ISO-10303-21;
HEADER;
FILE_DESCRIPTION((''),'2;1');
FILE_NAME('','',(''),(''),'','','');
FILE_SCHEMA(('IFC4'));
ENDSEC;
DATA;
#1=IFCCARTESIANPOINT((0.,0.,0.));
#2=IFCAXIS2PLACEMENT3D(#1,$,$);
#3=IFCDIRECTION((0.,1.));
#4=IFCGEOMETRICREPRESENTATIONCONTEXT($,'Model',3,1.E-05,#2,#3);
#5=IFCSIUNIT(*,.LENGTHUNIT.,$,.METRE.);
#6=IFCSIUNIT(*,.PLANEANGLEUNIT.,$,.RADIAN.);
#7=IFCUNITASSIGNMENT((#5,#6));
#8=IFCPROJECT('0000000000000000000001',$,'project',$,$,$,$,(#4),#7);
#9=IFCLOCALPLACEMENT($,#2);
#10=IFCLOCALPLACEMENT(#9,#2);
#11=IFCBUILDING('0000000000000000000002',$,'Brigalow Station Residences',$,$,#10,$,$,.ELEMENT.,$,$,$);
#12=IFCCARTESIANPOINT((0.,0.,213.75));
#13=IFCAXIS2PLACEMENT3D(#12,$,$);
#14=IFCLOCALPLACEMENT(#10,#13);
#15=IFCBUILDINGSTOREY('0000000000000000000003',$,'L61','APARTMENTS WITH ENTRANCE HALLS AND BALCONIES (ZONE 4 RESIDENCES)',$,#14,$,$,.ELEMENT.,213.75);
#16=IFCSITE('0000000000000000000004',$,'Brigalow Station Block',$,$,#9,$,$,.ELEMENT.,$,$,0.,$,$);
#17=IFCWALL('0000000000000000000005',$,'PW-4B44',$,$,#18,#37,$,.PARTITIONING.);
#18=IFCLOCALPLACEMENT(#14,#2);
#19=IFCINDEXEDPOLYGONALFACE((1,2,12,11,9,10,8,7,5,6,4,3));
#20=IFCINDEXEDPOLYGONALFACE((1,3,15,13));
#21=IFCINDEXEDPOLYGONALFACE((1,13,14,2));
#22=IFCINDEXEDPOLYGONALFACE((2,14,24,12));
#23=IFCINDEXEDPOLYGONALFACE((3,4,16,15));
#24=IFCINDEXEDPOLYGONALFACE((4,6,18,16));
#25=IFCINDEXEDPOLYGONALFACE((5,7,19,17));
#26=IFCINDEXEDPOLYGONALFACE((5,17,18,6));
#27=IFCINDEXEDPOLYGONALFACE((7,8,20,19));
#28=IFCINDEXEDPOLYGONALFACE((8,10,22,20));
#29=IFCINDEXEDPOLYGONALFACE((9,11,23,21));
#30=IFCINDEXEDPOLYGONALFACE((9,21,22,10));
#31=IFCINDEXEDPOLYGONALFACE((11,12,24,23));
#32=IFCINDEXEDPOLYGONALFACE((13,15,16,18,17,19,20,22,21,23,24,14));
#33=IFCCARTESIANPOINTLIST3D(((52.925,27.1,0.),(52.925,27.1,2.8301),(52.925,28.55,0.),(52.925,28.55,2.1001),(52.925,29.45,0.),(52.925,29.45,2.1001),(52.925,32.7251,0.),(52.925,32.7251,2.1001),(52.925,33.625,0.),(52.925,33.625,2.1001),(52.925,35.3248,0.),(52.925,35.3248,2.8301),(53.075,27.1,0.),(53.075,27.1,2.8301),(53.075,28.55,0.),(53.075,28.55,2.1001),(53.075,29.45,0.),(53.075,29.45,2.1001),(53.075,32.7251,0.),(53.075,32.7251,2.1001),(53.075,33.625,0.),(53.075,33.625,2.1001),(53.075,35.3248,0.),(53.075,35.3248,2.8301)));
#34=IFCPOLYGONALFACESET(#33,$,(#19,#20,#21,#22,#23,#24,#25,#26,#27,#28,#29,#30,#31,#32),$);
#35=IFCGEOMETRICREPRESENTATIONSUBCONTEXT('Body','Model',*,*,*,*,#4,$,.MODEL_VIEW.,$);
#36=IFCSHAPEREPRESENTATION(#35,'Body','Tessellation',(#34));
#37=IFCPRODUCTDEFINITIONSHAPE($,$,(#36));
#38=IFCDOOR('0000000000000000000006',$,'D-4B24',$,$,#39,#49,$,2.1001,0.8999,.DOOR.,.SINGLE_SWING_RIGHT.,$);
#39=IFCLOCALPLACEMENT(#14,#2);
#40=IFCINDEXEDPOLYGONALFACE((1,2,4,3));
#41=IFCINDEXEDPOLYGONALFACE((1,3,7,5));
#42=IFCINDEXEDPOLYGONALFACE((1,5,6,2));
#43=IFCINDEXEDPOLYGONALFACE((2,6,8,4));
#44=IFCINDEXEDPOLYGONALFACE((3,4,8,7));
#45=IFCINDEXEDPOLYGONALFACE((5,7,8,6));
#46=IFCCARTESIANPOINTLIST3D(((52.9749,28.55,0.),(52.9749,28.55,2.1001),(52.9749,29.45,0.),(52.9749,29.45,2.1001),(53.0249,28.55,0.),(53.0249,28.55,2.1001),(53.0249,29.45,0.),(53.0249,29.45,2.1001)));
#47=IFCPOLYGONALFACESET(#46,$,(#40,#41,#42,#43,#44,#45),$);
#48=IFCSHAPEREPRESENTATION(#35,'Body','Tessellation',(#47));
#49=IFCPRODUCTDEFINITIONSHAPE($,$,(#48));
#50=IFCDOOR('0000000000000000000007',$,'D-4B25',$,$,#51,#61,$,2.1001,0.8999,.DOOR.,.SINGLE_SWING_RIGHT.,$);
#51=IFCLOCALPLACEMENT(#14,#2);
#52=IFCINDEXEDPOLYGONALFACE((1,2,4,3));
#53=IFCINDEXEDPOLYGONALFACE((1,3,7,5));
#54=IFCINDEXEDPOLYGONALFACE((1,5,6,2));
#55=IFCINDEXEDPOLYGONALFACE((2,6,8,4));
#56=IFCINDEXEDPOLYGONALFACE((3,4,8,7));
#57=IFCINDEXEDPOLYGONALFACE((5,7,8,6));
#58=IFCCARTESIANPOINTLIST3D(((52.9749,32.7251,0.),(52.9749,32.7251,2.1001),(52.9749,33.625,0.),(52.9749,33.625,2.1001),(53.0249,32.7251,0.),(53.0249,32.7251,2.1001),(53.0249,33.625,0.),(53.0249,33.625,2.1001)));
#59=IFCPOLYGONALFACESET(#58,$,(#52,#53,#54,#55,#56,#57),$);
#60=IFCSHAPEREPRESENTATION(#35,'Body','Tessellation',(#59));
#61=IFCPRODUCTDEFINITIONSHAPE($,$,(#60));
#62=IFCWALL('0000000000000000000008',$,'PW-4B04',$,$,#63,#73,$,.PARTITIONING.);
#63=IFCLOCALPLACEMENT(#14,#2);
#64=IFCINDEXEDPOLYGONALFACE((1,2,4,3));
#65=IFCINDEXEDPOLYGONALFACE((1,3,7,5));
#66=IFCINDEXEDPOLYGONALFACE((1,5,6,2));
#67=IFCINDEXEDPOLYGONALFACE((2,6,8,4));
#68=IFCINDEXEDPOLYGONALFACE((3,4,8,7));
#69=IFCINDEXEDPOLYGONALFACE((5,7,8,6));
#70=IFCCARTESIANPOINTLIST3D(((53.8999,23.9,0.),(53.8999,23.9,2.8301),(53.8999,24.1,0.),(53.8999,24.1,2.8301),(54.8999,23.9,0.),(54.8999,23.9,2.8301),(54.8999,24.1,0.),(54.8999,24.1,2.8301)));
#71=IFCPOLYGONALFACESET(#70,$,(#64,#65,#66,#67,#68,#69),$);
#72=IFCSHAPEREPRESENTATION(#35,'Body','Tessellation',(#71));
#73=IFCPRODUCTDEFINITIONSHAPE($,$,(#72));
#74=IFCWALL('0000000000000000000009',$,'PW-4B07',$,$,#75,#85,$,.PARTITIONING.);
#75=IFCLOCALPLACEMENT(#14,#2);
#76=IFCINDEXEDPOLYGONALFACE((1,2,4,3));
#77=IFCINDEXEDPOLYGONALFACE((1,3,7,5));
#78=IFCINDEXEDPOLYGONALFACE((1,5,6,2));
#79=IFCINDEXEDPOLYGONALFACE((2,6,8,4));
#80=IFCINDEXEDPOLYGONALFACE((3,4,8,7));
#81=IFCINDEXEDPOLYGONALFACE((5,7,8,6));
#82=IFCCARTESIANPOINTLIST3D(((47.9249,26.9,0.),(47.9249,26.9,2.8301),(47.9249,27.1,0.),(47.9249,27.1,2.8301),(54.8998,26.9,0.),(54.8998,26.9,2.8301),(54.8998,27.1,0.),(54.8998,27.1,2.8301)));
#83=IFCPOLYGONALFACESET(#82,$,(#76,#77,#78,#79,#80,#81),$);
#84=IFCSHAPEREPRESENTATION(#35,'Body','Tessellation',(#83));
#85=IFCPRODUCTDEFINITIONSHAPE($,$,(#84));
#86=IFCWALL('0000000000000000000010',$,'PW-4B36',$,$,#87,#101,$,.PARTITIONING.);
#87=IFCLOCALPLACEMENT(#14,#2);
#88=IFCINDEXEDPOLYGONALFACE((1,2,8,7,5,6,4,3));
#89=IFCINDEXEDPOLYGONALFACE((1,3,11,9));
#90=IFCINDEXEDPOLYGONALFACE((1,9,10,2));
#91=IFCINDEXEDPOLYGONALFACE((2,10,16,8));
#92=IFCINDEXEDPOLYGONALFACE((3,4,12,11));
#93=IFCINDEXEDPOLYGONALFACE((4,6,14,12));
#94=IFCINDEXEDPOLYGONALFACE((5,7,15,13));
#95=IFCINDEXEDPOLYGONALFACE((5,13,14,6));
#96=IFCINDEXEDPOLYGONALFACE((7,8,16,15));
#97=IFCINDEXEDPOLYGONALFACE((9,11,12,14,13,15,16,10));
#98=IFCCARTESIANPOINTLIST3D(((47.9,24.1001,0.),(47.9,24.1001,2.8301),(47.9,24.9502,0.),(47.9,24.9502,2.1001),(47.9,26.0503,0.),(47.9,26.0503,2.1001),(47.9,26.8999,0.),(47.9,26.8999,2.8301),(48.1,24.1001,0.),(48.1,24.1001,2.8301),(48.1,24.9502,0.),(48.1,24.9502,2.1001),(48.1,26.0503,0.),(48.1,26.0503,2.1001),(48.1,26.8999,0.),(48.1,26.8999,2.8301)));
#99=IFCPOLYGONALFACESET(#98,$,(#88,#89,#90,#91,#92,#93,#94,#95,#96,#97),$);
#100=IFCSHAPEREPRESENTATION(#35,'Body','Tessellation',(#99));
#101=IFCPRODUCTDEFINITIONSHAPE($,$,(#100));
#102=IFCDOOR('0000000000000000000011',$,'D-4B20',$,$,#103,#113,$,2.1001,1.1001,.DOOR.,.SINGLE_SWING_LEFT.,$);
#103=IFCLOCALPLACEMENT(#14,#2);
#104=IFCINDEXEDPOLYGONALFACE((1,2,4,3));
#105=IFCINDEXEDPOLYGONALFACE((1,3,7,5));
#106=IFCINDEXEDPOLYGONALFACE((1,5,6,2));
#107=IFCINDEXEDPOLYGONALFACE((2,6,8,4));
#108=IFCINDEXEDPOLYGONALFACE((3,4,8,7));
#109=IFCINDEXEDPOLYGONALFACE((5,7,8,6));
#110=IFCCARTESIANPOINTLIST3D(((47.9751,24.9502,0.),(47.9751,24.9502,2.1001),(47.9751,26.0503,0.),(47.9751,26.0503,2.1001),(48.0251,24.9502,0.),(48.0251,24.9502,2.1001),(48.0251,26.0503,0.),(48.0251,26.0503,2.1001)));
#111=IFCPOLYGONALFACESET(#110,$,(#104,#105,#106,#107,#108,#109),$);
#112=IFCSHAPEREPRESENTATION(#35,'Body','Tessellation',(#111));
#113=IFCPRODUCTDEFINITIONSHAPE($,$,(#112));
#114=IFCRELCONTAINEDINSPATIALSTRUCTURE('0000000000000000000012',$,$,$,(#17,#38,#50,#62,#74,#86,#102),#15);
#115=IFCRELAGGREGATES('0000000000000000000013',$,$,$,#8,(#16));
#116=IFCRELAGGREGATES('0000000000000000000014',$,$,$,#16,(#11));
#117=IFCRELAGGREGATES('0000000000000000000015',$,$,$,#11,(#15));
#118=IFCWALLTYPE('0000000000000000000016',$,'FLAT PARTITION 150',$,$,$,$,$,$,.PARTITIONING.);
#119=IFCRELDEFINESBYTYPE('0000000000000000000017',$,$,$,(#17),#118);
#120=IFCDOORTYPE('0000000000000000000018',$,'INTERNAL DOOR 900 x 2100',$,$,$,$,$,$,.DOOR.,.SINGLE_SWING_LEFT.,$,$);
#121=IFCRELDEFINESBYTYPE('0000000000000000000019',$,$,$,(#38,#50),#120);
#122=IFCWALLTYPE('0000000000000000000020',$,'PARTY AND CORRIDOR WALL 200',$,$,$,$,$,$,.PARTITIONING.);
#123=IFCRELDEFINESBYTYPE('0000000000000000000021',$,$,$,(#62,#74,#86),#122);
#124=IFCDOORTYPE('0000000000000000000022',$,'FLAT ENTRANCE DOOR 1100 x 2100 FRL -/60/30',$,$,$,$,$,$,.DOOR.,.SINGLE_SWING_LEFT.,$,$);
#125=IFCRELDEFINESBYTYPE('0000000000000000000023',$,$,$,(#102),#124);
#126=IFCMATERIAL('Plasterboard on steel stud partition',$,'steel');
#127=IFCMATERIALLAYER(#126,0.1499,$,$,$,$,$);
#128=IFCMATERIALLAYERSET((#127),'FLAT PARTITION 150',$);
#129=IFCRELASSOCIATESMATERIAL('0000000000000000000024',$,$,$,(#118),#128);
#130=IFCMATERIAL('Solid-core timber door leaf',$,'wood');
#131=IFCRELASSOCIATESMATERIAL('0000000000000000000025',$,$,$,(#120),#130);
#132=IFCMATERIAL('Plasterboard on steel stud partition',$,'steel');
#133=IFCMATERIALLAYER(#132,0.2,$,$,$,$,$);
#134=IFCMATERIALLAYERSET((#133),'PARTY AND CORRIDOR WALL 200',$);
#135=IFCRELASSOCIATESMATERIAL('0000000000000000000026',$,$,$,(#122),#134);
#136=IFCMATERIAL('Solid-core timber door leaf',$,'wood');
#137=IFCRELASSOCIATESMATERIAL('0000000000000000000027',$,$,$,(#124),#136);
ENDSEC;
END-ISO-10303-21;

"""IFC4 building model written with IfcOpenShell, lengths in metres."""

from ifc_helpers import new_model, si_unit, direction, frame, frame_2d, origin, place, context, subcontext, project, spatial, rectangle, extrude, material, layer, layer_set, type_object, element, fill, save


model = new_model("IFC4")

# Units and contexts
model_context = context("Model", 3, precision=1e-05, world=origin(), true_north=direction((0.0, 1.0)))
body_context = subcontext(model_context, "Body", "Model", "MODEL_VIEW")
ifc_project = project(units=[si_unit("LENGTHUNIT", "METRE"), si_unit("PLANEANGLEUNIT", "RADIAN")], contexts=[model_context])

# Site, building, storey
site_placement = place(None, origin())
site = spatial("IfcSite", under=ifc_project, at=site_placement, Name="Brigalow Station Block", CompositionType="ELEMENT", RefElevation=0.0)
building_placement = place(site_placement, origin())
building = spatial("IfcBuilding", under=site, at=building_placement, Name="Brigalow Station Residences", CompositionType="ELEMENT")
storey_placement = place(building_placement, frame((0.0, 0.0, 213.75)))
storey = spatial("IfcBuildingStorey", under=building, at=storey_placement, Name="L61", Description="APARTMENTS WITH ENTRANCE HALLS AND BALCONIES (ZONE 4 RESIDENCES)", CompositionType="ELEMENT", Elevation=213.75)

# Shared definitions
ifc_material_1 = material(Name="Plasterboard on steel stud partition", Category="steel")
ifc_layer_1 = layer(ifc_material_1, 0.1499)
ifc_layer_set_1 = layer_set([ifc_layer_1], Name="FLAT PARTITION 150")
wall_type_1 = type_object("IfcWallType", Name="FLAT PARTITION 150", PredefinedType="PARTITIONING", material=ifc_layer_set_1)

# Shared definitions
ifc_material_2 = material(Name="Solid-core timber door leaf", Category="wood")
door_type_1 = type_object("IfcDoorType", Name="INTERNAL DOOR 900 x 2100", OperationType="SINGLE_SWING_LEFT", PredefinedType="DOOR", material=ifc_material_2)

# Wall, openings, doors
wall_1_placement = place(storey_placement, frame((53.0, 27.1001, 0.0), z_axis=(0.0, 0.0, 1.0), x_axis=(0.0, 1.0, 0.0)))
wall_1 = element("IfcWall", 1, at=wall_1_placement, inside=storey, type_object=wall_type_1, Name="PW-4B44", PredefinedType="PARTITIONING", context=body_context, shape_type="SweptSolid", body=[
    extrude(rectangle(XDim=8.2249, YDim=0.1499, at=frame_2d((4.1123, 0.0))), origin(), (0.0, 0.0, 1.0), 2.8301),
])
opening_1_placement = place(wall_1_placement, frame((1.45, 0.0, 0.0)))
opening_1 = element("IfcOpeningElement", 2, at=opening_1_placement, cuts=wall_1, PredefinedType="OPENING", context=body_context, shape_type="SweptSolid", body=[
    extrude(rectangle(XDim=0.8999, YDim=2.1001, at=frame_2d((0.45, 1.05))), frame((0.0, 0.085, 0.0), z_axis=(0.0, -1.0, 0.0), x_axis=(1.0, 0.0, 0.0)), (0.0, 0.0, 1.0), 0.1699),
])
opening_2_placement = place(wall_1_placement, frame((5.625, 0.0, 0.0)))
opening_2 = element("IfcOpeningElement", 3, at=opening_2_placement, cuts=wall_1, PredefinedType="OPENING", context=body_context, shape_type="SweptSolid", body=[
    extrude(rectangle(XDim=0.8999, YDim=2.1001, at=frame_2d((0.45, 1.05))), frame((0.0, 0.085, 0.0), z_axis=(0.0, -1.0, 0.0), x_axis=(1.0, 0.0, 0.0)), (0.0, 0.0, 1.0), 0.1699),
])
door_1_placement = place(opening_1_placement, frame((0.8999, 0.0, 0.0), z_axis=(0.0, 0.0, 1.0), x_axis=(-1.0, 0.0, 0.0)))
door_1 = element("IfcDoor", 4, at=door_1_placement, inside=storey, type_object=door_type_1, Name="D-4B24", OperationType="SINGLE_SWING_RIGHT", OverallHeight=2.1001, OverallWidth=0.8999, PredefinedType="DOOR", context=body_context, shape_type="SweptSolid", body=[
    extrude(rectangle(XDim=0.8999, YDim=2.1001, at=frame_2d((0.45, 1.05))), frame((0.0, 0.0249, 0.0), z_axis=(0.0, -1.0, 0.0), x_axis=(1.0, 0.0, 0.0)), (0.0, 0.0, 1.0), 0.05),
])
fill(opening_1, door_1)
door_2_placement = place(opening_2_placement, frame((0.8999, 0.0, 0.0), z_axis=(0.0, 0.0, 1.0), x_axis=(-1.0, 0.0, 0.0)))
door_2 = element("IfcDoor", 5, at=door_2_placement, inside=storey, type_object=door_type_1, Name="D-4B25", OperationType="SINGLE_SWING_RIGHT", OverallHeight=2.1001, OverallWidth=0.8999, PredefinedType="DOOR", context=body_context, shape_type="SweptSolid", body=[
    extrude(rectangle(XDim=0.8999, YDim=2.1001, at=frame_2d((0.45, 1.05))), frame((0.0, 0.0249, 0.0), z_axis=(0.0, -1.0, 0.0), x_axis=(1.0, 0.0, 0.0)), (0.0, 0.0, 1.0), 0.05),
])
fill(opening_2, door_2)

# Walls
ifc_material_3 = material(Name="Plasterboard on steel stud partition", Category="steel")
ifc_layer_2 = layer(ifc_material_3, 0.2)
ifc_layer_set_2 = layer_set([ifc_layer_2], Name="PARTY AND CORRIDOR WALL 200")
wall_type_2 = type_object("IfcWallType", Name="PARTY AND CORRIDOR WALL 200", PredefinedType="PARTITIONING", material=ifc_layer_set_2)
wall_2_placement = place(storey_placement, frame((53.8999, 24.0, 0.0), z_axis=(0.0, 0.0, 1.0), x_axis=(1.0, 0.0, 0.0)))
element("IfcWall", 6, at=wall_2_placement, inside=storey, type_object=wall_type_2, Name="PW-4B04", PredefinedType="PARTITIONING", context=body_context, shape_type="SweptSolid", body=[
    extrude(rectangle(XDim=1.0, YDim=0.2, at=frame_2d((0.5, 0.0))), origin(), (0.0, 0.0, 1.0), 2.8301),
])
wall_3_placement = place(storey_placement, frame((47.925, 27.0, 0.0), z_axis=(0.0, 0.0, 1.0), x_axis=(1.0, 0.0, 0.0)))
element("IfcWall", 7, at=wall_3_placement, inside=storey, type_object=wall_type_2, Name="PW-4B07", PredefinedType="PARTITIONING", context=body_context, shape_type="SweptSolid", body=[
    extrude(rectangle(XDim=6.9749, YDim=0.2, at=frame_2d((3.4873, 0.0))), origin(), (0.0, 0.0, 1.0), 2.8301),
])

# Wall, opening, door
wall_4_placement = place(storey_placement, frame((48.0, 24.1001, 0.0), z_axis=(0.0, 0.0, 1.0), x_axis=(0.0, 1.0, 0.0)))
wall_4 = element("IfcWall", 8, at=wall_4_placement, inside=storey, type_object=wall_type_2, Name="PW-4B36", PredefinedType="PARTITIONING", context=body_context, shape_type="SweptSolid", body=[
    extrude(rectangle(XDim=2.7998, YDim=0.2, at=frame_2d((1.3999, 0.0))), origin(), (0.0, 0.0, 1.0), 2.8301),
])
opening_3_placement = place(wall_4_placement, frame((0.8501, 0.0, 0.0)))
opening_3 = element("IfcOpeningElement", 9, at=opening_3_placement, cuts=wall_4, PredefinedType="OPENING", context=body_context, shape_type="SweptSolid", body=[
    extrude(rectangle(XDim=1.1001, YDim=2.1001, at=frame_2d((0.55, 1.05))), frame((0.0, 0.1099, 0.0), z_axis=(0.0, -1.0, 0.0), x_axis=(1.0, 0.0, 0.0)), (0.0, 0.0, 1.0), 0.22),
])
ifc_material_4 = material(Name="Solid-core timber door leaf", Category="wood")
door_type_2 = type_object("IfcDoorType", Name="FLAT ENTRANCE DOOR 1100 x 2100 FRL -/60/30", OperationType="SINGLE_SWING_LEFT", PredefinedType="DOOR", material=ifc_material_4)
door_3_placement = place(opening_3_placement, origin())
door_3 = element("IfcDoor", 10, at=door_3_placement, inside=storey, type_object=door_type_2, Name="D-4B20", OperationType="SINGLE_SWING_LEFT", OverallHeight=2.1001, OverallWidth=1.1001, PredefinedType="DOOR", context=body_context, shape_type="SweptSolid", body=[
    extrude(rectangle(XDim=1.1001, YDim=2.1001, at=frame_2d((0.55, 1.05))), frame((0.0, 0.0249, 0.0), z_axis=(0.0, -1.0, 0.0), x_axis=(1.0, 0.0, 0.0)), (0.0, 0.0, 1.0), 0.05),
])
fill(opening_3, door_3)

save(model, "model.ifc")
